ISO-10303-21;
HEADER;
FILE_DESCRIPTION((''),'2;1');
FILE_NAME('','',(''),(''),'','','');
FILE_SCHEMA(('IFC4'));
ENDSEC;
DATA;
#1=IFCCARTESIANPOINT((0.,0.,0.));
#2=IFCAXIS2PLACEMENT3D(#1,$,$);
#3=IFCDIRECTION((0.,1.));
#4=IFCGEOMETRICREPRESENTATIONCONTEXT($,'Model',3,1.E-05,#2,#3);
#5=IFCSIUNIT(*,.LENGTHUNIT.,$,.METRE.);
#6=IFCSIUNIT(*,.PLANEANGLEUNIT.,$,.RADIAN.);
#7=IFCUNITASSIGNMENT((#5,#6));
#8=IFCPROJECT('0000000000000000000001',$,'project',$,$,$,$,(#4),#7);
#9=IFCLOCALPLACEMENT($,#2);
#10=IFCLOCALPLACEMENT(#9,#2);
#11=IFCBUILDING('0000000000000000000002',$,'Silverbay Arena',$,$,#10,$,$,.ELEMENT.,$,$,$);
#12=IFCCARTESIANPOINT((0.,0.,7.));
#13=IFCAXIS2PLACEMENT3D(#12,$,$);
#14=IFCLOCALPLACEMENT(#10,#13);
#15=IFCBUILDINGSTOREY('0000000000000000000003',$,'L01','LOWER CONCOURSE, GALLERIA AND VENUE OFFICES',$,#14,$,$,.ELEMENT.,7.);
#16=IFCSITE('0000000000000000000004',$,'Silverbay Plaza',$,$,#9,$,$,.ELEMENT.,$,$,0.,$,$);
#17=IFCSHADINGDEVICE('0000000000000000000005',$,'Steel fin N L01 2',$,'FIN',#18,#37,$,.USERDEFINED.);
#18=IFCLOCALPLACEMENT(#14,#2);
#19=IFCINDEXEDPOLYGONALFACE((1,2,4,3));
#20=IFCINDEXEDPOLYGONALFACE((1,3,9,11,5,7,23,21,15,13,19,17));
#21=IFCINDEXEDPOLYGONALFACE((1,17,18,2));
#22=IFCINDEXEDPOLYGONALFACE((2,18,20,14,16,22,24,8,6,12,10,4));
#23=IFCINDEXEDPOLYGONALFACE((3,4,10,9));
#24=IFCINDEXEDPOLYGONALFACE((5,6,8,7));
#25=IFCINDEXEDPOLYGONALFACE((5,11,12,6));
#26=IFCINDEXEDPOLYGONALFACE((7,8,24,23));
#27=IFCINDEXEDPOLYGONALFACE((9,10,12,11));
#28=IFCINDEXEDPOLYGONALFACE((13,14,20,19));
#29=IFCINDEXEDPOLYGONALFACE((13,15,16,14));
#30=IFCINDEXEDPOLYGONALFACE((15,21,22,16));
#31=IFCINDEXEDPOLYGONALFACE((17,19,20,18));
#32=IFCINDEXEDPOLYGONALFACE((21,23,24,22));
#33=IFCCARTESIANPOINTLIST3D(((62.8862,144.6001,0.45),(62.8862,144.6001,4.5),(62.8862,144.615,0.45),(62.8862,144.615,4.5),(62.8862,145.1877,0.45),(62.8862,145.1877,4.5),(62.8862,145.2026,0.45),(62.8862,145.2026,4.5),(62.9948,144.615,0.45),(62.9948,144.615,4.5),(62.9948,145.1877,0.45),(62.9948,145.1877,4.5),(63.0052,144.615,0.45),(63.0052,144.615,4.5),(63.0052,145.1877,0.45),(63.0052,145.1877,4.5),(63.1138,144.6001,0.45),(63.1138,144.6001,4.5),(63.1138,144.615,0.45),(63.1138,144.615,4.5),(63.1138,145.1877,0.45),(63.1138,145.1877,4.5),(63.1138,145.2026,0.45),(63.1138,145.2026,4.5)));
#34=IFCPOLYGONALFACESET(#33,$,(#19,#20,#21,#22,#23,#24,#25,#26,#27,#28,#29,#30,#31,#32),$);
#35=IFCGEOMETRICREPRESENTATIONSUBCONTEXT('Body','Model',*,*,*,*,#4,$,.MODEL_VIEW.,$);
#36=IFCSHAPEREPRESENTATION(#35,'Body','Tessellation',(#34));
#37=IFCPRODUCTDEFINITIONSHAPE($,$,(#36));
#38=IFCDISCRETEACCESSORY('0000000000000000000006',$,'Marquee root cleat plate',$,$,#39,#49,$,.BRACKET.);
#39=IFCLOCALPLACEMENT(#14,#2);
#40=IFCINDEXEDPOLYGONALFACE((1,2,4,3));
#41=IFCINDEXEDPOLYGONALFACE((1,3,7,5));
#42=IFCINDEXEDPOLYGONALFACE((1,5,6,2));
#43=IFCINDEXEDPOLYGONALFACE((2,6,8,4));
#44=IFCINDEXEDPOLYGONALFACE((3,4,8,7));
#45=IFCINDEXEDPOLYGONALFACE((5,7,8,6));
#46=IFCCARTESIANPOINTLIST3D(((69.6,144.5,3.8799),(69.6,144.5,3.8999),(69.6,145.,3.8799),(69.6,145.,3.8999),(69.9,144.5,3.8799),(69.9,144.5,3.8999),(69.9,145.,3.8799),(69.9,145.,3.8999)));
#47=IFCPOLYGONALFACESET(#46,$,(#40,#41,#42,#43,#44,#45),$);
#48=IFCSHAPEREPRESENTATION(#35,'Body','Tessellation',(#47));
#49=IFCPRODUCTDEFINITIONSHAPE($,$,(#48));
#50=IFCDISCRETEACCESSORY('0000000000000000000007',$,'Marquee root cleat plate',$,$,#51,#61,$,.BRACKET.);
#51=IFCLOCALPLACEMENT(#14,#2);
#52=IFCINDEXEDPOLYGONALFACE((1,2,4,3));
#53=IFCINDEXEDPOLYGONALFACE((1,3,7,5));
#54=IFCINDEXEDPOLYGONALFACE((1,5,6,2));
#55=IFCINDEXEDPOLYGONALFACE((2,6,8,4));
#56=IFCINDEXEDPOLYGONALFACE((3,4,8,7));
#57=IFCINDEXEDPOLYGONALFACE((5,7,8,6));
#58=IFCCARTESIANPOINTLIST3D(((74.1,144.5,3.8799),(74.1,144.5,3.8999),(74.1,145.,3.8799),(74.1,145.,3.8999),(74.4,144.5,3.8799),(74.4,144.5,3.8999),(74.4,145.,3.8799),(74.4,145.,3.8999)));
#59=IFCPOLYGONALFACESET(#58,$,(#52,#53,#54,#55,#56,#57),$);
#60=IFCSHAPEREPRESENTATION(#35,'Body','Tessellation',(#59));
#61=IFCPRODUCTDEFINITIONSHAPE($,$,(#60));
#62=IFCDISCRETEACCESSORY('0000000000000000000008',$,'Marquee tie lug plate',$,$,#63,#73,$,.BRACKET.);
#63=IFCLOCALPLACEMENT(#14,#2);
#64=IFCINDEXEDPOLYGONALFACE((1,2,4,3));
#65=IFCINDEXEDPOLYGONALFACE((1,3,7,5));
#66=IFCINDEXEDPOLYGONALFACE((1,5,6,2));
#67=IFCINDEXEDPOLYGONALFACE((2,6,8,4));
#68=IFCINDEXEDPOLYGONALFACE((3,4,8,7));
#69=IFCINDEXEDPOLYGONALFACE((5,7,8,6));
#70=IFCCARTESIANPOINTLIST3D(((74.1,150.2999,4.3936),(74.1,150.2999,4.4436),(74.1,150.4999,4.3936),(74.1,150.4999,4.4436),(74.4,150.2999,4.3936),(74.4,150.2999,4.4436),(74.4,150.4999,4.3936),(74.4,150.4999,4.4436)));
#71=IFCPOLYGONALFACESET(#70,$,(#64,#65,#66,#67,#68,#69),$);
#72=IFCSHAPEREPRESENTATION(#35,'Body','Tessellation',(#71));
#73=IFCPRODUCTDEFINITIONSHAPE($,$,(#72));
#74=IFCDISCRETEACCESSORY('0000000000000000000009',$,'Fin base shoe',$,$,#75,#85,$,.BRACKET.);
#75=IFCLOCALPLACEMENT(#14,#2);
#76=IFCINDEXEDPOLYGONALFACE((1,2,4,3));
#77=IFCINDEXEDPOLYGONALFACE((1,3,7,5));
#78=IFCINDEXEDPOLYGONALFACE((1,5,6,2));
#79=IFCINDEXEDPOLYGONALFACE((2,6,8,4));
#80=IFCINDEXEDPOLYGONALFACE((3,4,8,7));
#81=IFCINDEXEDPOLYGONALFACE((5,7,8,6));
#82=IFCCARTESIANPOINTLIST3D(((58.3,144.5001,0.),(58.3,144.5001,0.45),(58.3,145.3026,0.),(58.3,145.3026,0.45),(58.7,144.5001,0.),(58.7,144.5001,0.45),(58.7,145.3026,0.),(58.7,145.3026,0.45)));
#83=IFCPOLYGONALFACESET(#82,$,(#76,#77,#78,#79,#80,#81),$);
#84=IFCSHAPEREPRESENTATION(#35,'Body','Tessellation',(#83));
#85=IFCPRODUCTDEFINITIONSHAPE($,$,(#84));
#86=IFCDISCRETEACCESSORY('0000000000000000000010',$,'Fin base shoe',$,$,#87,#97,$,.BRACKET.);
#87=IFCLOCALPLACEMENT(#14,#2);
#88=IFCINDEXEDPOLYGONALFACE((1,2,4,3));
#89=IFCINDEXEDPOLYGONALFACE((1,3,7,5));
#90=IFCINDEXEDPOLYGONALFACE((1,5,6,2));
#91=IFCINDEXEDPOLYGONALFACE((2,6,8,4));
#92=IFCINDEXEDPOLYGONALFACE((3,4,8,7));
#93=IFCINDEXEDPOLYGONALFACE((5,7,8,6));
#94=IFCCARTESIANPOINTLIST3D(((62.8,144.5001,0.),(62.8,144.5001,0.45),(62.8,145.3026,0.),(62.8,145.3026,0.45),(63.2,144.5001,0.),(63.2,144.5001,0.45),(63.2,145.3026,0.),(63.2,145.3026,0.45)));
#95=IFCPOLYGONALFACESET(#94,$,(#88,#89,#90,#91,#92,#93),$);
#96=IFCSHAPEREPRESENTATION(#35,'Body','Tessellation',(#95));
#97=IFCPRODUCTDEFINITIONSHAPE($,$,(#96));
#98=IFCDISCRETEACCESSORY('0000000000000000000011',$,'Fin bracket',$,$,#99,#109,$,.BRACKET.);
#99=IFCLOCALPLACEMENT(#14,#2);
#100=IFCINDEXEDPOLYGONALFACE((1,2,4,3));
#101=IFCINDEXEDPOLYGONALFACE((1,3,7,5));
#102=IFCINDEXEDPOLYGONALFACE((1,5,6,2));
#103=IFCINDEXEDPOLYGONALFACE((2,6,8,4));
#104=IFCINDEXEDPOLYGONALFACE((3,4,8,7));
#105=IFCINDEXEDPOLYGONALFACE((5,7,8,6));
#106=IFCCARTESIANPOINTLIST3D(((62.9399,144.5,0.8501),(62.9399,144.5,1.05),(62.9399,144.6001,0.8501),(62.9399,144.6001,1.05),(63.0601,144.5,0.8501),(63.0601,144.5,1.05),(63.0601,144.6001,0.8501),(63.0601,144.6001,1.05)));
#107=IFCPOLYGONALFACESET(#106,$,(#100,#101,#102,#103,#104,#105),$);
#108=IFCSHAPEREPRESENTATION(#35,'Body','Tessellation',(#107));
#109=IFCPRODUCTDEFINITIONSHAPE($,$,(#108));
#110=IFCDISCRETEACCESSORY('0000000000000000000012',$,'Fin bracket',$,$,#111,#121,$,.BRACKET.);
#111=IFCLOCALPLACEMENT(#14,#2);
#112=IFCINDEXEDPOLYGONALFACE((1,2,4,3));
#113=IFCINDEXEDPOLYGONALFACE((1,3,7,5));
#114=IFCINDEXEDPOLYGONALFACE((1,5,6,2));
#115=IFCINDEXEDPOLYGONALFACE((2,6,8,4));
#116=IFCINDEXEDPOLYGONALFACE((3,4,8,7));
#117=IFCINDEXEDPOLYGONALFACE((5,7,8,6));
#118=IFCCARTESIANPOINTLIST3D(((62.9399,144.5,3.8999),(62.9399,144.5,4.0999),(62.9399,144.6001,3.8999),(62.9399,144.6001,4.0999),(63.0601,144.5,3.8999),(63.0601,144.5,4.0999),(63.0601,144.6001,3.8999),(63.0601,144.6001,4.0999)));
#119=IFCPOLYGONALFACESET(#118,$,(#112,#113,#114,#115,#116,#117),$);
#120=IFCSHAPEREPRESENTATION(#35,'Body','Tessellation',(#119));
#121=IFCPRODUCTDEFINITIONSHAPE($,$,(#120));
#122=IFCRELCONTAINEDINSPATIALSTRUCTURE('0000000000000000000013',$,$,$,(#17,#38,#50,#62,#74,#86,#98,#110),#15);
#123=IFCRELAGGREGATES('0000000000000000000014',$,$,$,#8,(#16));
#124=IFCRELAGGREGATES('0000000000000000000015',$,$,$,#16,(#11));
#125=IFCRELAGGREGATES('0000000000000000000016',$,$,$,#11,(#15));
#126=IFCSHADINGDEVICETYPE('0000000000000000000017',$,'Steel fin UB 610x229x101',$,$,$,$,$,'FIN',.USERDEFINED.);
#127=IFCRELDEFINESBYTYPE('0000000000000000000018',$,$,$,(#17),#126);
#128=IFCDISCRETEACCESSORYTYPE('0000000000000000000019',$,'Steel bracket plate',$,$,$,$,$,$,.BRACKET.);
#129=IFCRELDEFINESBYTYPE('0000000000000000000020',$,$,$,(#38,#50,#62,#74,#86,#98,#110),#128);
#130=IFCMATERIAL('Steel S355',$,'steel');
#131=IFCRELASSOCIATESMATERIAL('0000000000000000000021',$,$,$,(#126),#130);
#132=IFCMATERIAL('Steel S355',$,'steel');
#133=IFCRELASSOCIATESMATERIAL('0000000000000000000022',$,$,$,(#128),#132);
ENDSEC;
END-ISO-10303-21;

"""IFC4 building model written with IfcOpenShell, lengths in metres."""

from ifc_helpers import new_model, si_unit, direction, frame, origin, origin_2d, place, context, subcontext, project, spatial, rectangle, i_section, extrude, material, material_profile, profile_set, type_object, element, save


model = new_model("IFC4")

# Units and contexts
model_context = context("Model", 3, precision=1e-05, world=origin(), true_north=direction((0.0, 1.0)))
body_context = subcontext(model_context, "Body", "Model", "MODEL_VIEW")
ifc_project = project(units=[si_unit("LENGTHUNIT", "METRE"), si_unit("PLANEANGLEUNIT", "RADIAN")], contexts=[model_context])

# Site, building, storey
site_placement = place(None, origin())
site = spatial("IfcSite", under=ifc_project, at=site_placement, Name="Silverbay Plaza", CompositionType="ELEMENT", RefElevation=0.0)
building_placement = place(site_placement, origin())
building = spatial("IfcBuilding", under=site, at=building_placement, Name="Silverbay Arena", CompositionType="ELEMENT")
storey_placement = place(building_placement, frame((0.0, 0.0, 7.0)))
storey = spatial("IfcBuildingStorey", under=building, at=storey_placement, Name="L01", Description="LOWER CONCOURSE, GALLERIA AND VENUE OFFICES", CompositionType="ELEMENT", Elevation=7.0)

# Shading device
ifc_material_1 = material(Name="Steel S355", Category="steel")
ifc_material_profile_1 = material_profile(ifc_material_1, i_section(OverallWidth=0.2275, OverallDepth=0.6025, WebThickness=0.0105, FlangeThickness=0.0149, at=origin_2d()), Name="UB 610x229x101")
ifc_profile_set_1 = profile_set([ifc_material_profile_1], Name="Steel S355")
shading_device_type_1 = type_object("IfcShadingDeviceType", Name="Steel fin UB 610x229x101", ElementType="FIN", PredefinedType="USERDEFINED", material=ifc_profile_set_1)
for number, where, z_axis, x_axis, name in (
    (1, (63.0, 144.9014, 0.45), (0.0, 0.0, 1.0), (1.0, 0.0, 0.0), "Steel fin N L01 2"),
):
    element("IfcShadingDevice", number, at=place(storey_placement, frame(where, z_axis=z_axis, x_axis=x_axis)), inside=storey, type_object=shading_device_type_1, Name=name, ObjectType="FIN", PredefinedType="USERDEFINED", context=body_context, shape_type="SweptSolid", body=[
        extrude(i_section(OverallWidth=0.2275, OverallDepth=0.6025, WebThickness=0.0105, FlangeThickness=0.0149, at=origin_2d()), origin(), (0.0, 0.0, 1.0), 4.05),
    ])

# Discrete accessories
ifc_material_2 = material(Name="Steel S355", Category="steel")
discrete_accessory_type = type_object("IfcDiscreteAccessoryType", Name="Steel bracket plate", PredefinedType="BRACKET", material=ifc_material_2)
for number, where, z_axis, x_axis, name in (
    (2, (69.75, 144.75, 3.8799), (0.0, 0.0, 1.0), (1.0, 0.0, 0.0), "Marquee root cleat plate"),
    (3, (74.25, 144.75, 3.8799), (0.0, 0.0, 1.0), (1.0, 0.0, 0.0), "Marquee root cleat plate"),
):
    element("IfcDiscreteAccessory", number, at=place(storey_placement, frame(where, z_axis=z_axis, x_axis=x_axis)), inside=storey, type_object=discrete_accessory_type, Name=name, PredefinedType="BRACKET", context=body_context, shape_type="SweptSolid", body=[
        extrude(rectangle(XDim=0.3, YDim=0.5, at=origin_2d()), origin(), (0.0, 0.0, 1.0), 0.02),
    ])
discrete_accessory_placement = place(storey_placement, frame((74.25, 150.3999, 4.3936), z_axis=(0.0, 0.0, 1.0), x_axis=(1.0, 0.0, 0.0)))
element("IfcDiscreteAccessory", 4, at=discrete_accessory_placement, inside=storey, type_object=discrete_accessory_type, Name="Marquee tie lug plate", PredefinedType="BRACKET", context=body_context, shape_type="SweptSolid", body=[
    extrude(rectangle(XDim=0.3, YDim=0.2, at=origin_2d()), origin(), (0.0, 0.0, 1.0), 0.05),
])
for number, where, z_axis, x_axis, name in (
    (5, (58.5, 144.9014, 0.0), (0.0, 0.0, 1.0), (1.0, 0.0, 0.0), "Fin base shoe"),
    (6, (63.0, 144.9014, 0.0), (0.0, 0.0, 1.0), (1.0, 0.0, 0.0), "Fin base shoe"),
):
    element("IfcDiscreteAccessory", number, at=place(storey_placement, frame(where, z_axis=z_axis, x_axis=x_axis)), inside=storey, type_object=discrete_accessory_type, Name=name, PredefinedType="BRACKET", context=body_context, shape_type="SweptSolid", body=[
        extrude(rectangle(XDim=0.3999, YDim=0.8025, at=origin_2d()), origin(), (0.0, 0.0, 1.0), 0.45),
    ])
for number, where, z_axis, x_axis, name in (
    (7, (63.0, 144.55, 0.8501), (0.0, 0.0, 1.0), (1.0, 0.0, 0.0), "Fin bracket"),
    (8, (63.0, 144.55, 3.8999), (0.0, 0.0, 1.0), (1.0, 0.0, 0.0), "Fin bracket"),
):
    element("IfcDiscreteAccessory", number, at=place(storey_placement, frame(where, z_axis=z_axis, x_axis=x_axis)), inside=storey, type_object=discrete_accessory_type, Name=name, PredefinedType="BRACKET", context=body_context, shape_type="SweptSolid", body=[
        extrude(rectangle(XDim=0.1201, YDim=0.1001, at=origin_2d()), origin(), (0.0, 0.0, 1.0), 0.2),
    ])

save(model, "model.ifc")
